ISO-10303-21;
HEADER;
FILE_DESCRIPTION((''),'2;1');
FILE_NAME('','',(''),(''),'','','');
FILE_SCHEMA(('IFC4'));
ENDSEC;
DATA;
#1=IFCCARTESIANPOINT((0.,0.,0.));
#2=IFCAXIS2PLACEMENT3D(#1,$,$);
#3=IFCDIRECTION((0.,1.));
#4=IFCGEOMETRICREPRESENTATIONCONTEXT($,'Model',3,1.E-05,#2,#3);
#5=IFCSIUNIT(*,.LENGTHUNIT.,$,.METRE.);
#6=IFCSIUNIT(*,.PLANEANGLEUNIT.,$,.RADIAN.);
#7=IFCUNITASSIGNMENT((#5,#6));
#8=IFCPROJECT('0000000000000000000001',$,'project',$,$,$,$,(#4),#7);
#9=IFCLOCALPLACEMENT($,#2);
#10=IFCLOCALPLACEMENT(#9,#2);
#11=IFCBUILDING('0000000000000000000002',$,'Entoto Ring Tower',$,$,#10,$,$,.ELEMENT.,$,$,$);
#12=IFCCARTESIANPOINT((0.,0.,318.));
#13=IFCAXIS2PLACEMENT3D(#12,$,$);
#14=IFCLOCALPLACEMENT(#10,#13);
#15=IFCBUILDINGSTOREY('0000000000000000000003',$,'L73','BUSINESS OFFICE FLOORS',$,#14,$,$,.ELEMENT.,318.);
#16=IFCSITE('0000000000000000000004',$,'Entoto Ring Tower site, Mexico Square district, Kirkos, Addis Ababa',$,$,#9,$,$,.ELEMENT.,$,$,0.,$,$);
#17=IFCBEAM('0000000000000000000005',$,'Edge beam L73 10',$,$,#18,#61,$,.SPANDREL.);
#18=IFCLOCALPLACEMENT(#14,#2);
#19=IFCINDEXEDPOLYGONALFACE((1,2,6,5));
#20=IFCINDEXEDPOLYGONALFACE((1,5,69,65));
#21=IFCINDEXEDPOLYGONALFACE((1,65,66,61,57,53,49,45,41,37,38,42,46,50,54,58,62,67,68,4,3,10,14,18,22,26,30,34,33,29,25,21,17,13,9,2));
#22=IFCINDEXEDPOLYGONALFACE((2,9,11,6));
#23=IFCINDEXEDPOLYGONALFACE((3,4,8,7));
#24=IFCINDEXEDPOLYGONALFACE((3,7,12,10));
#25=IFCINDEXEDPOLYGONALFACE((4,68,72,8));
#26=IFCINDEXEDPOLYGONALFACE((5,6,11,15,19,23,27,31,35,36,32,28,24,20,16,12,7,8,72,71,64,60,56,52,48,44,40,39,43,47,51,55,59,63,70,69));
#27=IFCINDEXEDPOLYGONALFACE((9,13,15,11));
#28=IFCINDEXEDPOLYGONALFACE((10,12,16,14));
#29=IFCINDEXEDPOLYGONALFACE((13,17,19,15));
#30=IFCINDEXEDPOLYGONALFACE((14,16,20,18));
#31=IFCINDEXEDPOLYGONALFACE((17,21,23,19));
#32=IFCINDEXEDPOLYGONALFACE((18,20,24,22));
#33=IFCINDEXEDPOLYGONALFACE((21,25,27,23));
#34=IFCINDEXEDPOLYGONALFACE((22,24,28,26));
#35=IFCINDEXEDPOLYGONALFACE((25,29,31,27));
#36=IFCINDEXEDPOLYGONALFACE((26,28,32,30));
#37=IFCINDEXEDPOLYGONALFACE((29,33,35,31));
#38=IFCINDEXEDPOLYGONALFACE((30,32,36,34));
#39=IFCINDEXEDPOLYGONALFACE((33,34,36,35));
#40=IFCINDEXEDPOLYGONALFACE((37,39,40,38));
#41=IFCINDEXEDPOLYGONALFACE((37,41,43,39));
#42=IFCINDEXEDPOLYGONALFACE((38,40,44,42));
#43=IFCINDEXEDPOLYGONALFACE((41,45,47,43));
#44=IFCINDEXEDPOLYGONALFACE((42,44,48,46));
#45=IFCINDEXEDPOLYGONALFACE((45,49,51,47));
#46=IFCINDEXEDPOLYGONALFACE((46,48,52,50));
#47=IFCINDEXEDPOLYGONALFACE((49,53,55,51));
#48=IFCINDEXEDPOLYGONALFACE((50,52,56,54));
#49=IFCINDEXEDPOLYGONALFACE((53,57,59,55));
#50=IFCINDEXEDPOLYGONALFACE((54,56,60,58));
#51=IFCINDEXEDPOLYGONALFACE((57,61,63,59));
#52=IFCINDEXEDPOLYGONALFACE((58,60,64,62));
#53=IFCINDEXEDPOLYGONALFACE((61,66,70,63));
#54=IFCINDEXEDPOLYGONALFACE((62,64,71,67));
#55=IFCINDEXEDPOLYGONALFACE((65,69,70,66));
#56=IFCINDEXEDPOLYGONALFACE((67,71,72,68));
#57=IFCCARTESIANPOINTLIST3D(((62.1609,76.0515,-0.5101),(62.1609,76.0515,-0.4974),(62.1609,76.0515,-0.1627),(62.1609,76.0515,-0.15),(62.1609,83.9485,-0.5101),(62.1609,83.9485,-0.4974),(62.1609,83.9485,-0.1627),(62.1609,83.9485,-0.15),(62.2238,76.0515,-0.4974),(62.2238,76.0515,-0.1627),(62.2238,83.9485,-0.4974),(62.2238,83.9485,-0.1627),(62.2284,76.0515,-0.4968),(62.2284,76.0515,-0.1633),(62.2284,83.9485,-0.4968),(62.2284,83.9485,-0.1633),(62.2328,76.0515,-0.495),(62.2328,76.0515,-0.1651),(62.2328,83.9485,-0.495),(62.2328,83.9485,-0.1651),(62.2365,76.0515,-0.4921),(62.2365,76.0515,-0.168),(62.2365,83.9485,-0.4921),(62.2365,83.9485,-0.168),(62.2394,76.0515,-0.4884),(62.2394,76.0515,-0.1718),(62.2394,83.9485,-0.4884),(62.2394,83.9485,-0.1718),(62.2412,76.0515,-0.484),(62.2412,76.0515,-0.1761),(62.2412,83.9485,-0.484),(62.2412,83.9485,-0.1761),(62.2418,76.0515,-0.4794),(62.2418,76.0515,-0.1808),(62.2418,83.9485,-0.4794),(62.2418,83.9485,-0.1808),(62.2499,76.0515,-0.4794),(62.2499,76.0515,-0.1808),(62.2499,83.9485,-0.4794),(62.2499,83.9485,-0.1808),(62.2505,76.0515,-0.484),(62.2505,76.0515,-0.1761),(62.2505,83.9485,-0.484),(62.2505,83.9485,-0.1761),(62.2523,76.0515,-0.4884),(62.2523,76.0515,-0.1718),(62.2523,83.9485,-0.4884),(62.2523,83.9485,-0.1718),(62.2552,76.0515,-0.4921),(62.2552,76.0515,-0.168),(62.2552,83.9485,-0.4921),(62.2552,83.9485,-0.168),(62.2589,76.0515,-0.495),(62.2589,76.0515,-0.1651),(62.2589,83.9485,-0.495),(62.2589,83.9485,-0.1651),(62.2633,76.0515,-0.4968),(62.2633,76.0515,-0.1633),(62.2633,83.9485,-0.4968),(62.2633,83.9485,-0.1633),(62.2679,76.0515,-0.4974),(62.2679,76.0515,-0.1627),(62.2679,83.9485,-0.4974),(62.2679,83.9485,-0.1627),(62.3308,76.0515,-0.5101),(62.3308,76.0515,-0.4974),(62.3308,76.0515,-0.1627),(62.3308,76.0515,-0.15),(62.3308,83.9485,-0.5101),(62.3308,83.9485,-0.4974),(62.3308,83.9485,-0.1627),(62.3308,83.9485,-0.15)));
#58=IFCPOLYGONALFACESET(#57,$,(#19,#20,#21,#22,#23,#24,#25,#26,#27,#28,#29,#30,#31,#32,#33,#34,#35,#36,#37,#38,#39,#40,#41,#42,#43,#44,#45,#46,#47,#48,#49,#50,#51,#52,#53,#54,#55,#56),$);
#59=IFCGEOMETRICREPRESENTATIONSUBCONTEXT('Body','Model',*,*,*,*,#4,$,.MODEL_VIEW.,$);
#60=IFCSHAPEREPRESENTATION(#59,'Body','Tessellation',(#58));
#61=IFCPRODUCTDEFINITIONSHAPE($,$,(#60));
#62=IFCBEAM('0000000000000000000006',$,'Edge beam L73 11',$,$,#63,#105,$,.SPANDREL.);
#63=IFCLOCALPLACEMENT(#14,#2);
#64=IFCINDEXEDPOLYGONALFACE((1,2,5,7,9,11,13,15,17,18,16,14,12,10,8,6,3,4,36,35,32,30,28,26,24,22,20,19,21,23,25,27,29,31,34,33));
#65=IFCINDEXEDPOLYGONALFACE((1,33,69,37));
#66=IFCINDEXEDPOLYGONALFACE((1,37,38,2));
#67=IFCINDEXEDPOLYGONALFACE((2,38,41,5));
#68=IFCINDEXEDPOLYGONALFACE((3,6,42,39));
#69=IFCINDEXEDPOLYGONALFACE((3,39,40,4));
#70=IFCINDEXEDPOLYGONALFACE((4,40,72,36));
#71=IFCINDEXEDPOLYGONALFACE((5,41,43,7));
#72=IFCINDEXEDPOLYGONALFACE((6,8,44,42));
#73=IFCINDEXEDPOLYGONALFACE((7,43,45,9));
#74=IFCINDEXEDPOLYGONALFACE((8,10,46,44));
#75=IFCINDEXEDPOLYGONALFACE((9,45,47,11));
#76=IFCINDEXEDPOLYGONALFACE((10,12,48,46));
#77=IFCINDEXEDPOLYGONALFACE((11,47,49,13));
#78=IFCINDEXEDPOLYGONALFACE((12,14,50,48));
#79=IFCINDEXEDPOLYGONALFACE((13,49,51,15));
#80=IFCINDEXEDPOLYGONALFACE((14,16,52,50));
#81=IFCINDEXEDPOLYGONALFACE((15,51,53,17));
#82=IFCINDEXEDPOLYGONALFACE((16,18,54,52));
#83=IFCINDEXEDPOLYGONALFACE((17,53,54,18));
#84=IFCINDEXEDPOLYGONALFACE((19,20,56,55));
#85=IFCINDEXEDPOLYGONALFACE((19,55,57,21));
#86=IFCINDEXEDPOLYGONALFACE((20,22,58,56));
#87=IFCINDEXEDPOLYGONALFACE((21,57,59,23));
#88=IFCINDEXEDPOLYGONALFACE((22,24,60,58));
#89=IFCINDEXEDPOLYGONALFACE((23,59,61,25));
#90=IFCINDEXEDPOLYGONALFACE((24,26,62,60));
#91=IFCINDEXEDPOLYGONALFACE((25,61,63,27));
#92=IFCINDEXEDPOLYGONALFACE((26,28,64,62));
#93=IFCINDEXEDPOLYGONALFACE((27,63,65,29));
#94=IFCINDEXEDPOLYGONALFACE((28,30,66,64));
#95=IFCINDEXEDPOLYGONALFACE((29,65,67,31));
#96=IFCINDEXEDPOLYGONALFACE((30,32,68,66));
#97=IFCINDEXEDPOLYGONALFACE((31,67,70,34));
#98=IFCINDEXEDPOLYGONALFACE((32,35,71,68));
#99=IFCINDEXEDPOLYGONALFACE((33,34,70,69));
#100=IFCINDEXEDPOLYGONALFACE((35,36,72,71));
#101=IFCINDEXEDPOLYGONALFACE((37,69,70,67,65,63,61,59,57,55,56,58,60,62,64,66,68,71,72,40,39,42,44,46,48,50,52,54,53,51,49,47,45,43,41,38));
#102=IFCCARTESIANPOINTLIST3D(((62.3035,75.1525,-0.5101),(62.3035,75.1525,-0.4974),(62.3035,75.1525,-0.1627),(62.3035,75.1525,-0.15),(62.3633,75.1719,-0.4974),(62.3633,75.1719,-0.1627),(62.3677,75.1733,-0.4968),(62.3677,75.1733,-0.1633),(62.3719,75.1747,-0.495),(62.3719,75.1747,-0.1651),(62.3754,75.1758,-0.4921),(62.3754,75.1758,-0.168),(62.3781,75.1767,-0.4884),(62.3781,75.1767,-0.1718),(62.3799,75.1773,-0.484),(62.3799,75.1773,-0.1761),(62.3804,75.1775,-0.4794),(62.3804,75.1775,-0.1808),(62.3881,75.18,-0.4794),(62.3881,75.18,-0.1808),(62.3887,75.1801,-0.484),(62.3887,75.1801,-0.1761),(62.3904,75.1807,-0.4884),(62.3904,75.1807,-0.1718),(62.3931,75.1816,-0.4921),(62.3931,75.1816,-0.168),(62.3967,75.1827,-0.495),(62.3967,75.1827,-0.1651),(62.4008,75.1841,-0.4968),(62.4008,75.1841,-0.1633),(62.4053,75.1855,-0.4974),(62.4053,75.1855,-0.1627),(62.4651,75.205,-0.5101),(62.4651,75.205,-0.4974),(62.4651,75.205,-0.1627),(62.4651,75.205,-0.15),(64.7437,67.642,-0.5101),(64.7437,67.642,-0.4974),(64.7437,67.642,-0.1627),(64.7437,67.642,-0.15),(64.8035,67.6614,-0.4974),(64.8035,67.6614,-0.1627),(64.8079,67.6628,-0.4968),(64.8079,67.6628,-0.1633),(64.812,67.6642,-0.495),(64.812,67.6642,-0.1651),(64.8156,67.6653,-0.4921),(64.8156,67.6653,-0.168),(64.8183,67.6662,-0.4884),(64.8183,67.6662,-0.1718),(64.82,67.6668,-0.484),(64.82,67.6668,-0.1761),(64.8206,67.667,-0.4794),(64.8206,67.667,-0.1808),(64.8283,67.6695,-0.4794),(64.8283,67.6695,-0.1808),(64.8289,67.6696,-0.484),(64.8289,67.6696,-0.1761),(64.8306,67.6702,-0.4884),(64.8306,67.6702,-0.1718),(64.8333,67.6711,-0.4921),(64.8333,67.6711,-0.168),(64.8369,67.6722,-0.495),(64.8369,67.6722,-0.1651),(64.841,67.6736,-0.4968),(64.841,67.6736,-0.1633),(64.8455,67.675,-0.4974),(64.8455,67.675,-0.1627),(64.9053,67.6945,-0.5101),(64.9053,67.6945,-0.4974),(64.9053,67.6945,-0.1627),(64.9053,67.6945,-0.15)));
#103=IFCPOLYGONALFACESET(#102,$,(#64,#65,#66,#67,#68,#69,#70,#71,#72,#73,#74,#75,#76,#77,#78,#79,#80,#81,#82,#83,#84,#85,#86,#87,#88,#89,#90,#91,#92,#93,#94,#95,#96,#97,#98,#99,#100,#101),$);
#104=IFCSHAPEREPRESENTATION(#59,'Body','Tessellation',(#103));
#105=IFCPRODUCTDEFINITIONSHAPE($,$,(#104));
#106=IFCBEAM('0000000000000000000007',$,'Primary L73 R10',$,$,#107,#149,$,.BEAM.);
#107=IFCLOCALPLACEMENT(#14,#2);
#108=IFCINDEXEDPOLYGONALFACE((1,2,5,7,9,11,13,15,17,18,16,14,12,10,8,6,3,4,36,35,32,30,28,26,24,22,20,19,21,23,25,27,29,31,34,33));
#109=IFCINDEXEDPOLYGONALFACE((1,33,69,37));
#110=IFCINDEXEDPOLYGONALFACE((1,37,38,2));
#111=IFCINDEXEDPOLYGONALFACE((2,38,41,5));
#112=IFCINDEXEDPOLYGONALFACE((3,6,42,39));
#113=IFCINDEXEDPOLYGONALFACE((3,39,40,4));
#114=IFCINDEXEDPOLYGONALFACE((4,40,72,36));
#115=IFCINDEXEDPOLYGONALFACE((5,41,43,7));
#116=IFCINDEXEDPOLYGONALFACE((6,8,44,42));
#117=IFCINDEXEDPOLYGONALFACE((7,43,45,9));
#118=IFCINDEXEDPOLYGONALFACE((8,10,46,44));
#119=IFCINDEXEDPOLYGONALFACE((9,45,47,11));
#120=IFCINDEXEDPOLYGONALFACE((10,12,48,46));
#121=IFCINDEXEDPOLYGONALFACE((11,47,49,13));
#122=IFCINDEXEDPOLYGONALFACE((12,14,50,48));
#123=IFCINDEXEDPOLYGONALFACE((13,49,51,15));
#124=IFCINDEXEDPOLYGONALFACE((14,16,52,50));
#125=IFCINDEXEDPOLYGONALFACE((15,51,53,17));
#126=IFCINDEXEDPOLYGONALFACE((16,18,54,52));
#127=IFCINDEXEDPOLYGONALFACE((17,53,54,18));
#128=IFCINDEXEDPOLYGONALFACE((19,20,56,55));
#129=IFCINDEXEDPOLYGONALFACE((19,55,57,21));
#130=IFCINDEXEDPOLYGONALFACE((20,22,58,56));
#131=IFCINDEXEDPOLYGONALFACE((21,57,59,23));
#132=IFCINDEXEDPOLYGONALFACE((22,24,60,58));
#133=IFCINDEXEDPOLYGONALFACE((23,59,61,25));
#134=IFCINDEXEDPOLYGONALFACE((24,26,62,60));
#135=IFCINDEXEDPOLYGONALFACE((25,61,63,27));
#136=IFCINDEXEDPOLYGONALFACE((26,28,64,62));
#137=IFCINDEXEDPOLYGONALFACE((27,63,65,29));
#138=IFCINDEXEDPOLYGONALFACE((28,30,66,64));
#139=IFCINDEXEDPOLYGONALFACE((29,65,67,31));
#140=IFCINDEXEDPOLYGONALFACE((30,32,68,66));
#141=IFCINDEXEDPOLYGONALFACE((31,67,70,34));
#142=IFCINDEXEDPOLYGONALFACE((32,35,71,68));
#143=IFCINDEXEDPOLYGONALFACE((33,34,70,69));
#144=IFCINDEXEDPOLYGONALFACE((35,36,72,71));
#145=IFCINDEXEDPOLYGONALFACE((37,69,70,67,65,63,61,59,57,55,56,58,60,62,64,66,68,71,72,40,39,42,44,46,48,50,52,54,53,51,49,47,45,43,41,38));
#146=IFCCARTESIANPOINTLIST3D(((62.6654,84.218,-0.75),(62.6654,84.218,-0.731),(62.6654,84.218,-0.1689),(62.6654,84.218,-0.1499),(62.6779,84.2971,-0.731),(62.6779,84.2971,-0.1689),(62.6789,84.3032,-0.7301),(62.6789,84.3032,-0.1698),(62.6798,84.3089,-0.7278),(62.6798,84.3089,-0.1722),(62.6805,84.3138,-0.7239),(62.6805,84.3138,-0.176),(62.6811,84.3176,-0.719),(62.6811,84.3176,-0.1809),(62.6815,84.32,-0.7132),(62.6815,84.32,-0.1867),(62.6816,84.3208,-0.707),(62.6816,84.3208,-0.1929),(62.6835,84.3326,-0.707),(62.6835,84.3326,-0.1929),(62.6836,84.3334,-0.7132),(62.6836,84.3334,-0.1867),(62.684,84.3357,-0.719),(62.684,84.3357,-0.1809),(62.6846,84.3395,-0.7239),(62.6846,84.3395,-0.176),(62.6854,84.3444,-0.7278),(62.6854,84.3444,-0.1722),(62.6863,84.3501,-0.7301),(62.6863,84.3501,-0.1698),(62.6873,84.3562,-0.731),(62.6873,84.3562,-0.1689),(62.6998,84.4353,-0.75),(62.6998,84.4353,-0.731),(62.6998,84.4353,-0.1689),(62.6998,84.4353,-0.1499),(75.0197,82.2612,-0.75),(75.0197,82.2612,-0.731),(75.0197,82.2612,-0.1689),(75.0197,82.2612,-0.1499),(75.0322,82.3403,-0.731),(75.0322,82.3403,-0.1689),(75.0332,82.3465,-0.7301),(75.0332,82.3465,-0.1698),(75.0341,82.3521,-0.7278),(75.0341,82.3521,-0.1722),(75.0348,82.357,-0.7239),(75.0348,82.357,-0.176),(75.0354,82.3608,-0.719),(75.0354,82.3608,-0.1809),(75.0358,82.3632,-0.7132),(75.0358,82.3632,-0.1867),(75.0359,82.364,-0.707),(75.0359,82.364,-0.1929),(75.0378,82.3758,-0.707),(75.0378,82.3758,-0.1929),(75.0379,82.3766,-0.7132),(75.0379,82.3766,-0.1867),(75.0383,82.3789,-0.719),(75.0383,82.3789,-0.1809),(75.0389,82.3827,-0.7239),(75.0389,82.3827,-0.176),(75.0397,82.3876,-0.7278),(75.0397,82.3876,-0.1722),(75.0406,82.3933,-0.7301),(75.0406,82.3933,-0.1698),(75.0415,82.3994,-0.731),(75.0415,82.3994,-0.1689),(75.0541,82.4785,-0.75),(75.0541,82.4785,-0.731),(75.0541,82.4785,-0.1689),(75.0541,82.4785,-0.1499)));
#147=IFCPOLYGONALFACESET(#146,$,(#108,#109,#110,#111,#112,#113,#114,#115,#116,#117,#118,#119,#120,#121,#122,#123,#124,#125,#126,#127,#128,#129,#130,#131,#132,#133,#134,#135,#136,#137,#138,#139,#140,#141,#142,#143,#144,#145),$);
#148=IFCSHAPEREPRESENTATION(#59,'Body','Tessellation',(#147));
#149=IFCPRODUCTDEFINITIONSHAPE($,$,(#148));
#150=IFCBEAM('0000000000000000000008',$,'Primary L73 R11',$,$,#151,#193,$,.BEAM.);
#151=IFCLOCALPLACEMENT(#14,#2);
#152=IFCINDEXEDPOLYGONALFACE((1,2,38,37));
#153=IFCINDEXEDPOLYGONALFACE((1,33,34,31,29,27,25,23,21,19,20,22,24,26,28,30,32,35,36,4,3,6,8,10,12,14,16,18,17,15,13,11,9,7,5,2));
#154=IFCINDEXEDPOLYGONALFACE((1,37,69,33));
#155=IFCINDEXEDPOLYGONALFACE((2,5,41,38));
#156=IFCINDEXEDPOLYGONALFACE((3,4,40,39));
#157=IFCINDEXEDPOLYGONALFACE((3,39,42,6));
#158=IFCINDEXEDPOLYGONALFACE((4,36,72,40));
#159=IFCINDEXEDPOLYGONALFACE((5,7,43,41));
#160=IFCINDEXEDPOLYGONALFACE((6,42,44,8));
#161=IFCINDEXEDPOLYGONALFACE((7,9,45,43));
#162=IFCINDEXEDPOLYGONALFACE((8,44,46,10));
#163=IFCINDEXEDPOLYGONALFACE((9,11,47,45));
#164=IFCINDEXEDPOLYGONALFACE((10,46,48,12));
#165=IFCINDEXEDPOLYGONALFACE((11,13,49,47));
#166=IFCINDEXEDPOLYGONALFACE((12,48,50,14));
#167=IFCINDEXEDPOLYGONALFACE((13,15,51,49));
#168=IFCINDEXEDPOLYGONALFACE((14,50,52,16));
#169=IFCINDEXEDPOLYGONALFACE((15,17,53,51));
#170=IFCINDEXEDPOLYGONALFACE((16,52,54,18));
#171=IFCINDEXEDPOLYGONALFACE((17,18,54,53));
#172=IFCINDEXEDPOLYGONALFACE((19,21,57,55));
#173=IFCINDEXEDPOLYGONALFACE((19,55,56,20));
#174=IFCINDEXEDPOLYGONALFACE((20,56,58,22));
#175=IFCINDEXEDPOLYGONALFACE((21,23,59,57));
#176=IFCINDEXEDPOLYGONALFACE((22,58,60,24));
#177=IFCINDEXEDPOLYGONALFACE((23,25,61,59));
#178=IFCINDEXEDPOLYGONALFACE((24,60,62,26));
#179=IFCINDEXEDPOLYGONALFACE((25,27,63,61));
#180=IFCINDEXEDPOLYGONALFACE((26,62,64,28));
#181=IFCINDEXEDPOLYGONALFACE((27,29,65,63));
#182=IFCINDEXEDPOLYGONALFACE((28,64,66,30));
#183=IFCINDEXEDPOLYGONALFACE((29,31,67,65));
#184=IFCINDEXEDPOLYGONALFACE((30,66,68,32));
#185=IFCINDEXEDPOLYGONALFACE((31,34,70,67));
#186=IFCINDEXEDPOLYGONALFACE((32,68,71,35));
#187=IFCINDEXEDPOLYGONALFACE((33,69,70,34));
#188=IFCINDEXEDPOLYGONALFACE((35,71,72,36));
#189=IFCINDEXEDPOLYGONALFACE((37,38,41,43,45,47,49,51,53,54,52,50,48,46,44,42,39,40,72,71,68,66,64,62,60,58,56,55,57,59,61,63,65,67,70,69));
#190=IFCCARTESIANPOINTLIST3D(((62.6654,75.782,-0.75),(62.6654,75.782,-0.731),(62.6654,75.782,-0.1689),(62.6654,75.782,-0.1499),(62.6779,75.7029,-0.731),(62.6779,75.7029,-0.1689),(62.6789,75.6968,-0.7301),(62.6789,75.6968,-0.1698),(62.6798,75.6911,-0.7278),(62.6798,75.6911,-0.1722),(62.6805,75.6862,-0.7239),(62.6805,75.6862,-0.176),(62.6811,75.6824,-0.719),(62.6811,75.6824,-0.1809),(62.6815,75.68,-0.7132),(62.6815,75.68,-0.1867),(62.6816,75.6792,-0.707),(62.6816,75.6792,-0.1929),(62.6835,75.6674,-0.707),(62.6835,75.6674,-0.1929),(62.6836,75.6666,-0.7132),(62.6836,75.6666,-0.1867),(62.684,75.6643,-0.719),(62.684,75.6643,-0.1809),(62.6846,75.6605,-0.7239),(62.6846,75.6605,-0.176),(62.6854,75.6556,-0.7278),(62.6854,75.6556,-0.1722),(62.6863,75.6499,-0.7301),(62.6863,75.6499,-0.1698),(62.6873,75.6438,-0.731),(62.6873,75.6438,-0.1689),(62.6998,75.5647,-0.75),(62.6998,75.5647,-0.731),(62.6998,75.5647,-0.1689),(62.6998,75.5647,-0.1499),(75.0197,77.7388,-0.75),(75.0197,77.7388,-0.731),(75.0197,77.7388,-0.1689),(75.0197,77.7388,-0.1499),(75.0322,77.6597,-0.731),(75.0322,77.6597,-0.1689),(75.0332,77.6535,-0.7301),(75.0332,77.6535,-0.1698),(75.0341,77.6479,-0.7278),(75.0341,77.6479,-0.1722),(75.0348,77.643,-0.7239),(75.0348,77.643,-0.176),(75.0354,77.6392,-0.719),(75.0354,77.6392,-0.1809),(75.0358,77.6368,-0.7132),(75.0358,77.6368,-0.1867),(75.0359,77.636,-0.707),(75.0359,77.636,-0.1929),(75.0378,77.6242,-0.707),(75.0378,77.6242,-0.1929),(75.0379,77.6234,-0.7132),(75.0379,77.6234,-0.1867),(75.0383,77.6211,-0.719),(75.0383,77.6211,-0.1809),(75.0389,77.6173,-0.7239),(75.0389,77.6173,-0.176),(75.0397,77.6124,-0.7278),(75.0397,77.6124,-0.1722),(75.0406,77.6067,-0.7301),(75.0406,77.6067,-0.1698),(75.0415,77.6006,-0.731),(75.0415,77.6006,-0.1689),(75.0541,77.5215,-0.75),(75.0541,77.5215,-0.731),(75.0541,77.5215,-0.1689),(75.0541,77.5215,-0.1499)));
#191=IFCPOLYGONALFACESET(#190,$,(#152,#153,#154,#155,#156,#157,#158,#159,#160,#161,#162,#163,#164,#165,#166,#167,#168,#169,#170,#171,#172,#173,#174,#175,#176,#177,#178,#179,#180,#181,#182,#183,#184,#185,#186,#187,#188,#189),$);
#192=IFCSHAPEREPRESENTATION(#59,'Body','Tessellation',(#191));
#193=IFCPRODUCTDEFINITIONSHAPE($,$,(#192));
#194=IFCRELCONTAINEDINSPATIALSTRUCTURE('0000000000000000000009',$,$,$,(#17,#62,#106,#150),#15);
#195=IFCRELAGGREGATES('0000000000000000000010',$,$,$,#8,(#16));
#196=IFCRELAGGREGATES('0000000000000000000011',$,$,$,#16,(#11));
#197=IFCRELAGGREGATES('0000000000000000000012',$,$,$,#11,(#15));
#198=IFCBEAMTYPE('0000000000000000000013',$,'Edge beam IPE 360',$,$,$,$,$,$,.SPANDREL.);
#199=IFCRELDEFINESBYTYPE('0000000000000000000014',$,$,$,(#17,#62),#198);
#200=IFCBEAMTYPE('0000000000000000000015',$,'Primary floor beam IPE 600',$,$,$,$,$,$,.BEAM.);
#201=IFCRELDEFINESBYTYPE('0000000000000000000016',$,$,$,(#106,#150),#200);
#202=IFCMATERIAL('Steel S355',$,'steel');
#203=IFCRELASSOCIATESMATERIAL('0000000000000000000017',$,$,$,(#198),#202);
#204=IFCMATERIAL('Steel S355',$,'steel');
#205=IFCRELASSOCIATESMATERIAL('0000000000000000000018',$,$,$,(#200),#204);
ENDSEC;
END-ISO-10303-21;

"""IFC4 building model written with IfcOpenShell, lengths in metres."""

from ifc_helpers import new_model, si_unit, direction, frame, origin, origin_2d, place, context, subcontext, project, spatial, i_section, extrude, material, material_profile, profile_set, type_object, element, save


model = new_model("IFC4")

# Units and contexts
model_context = context("Model", 3, precision=1e-05, world=origin(), true_north=direction((0.0, 1.0)))
body_context = subcontext(model_context, "Body", "Model", "MODEL_VIEW")
ifc_project = project(units=[si_unit("LENGTHUNIT", "METRE"), si_unit("PLANEANGLEUNIT", "RADIAN")], contexts=[model_context])

# Site, building, storey
site_placement = place(None, origin())
site = spatial("IfcSite", under=ifc_project, at=site_placement, Name="Entoto Ring Tower site, Mexico Square district, Kirkos, Addis Ababa", CompositionType="ELEMENT", RefElevation=0.0)
building_placement = place(site_placement, origin())
building = spatial("IfcBuilding", under=site, at=building_placement, Name="Entoto Ring Tower", CompositionType="ELEMENT")
storey_placement = place(building_placement, frame((0.0, 0.0, 318.0)))
storey = spatial("IfcBuildingStorey", under=building, at=storey_placement, Name="L73", Description="BUSINESS OFFICE FLOORS", CompositionType="ELEMENT", Elevation=318.0)

# Beams
ifc_material_1 = material(Name="Steel S355", Category="steel")
ifc_material_profile_1 = material_profile(ifc_material_1, i_section(OverallWidth=0.1699, OverallDepth=0.3601, WebThickness=0.0081, FlangeThickness=0.0127, FilletRadius=0.0181, at=origin_2d()), Name="IPE 360")
ifc_profile_set_1 = profile_set([ifc_material_profile_1], Name="Steel S355")
beam_type_1 = type_object("IfcBeamType", Name="Edge beam IPE 360", PredefinedType="SPANDREL", material=ifc_profile_set_1)
for number, where, z_axis, x_axis, name in (
    (1, (62.2458, 83.9485, -0.3301), (0.0, -1.0, 0.0), (1.0, 0.0, 0.0), "Edge beam L73 10"),
    (2, (62.3843, 75.1787, -0.3301), (0.309003, -0.951061, 0.0), (0.951061, 0.309003, 0.0), "Edge beam L73 11"),
):
    element("IfcBeam", number, at=place(storey_placement, frame(where, z_axis=z_axis, x_axis=x_axis)), inside=storey, type_object=beam_type_1, Name=name, PredefinedType="SPANDREL", context=body_context, shape_type="SweptSolid", body=[
        extrude(i_section(OverallWidth=0.1699, OverallDepth=0.3601, WebThickness=0.0081, FlangeThickness=0.0127, FilletRadius=0.0181, at=origin_2d()), origin(), (0.0, 0.0, 1.0), 7.897),
    ])
ifc_material_2 = material(Name="Steel S355", Category="steel")
ifc_material_profile_2 = material_profile(ifc_material_2, i_section(OverallWidth=0.22, OverallDepth=0.6001, WebThickness=0.012, FlangeThickness=0.019, FilletRadius=0.0239, at=origin_2d()), Name="IPE 600")
ifc_profile_set_2 = profile_set([ifc_material_profile_2], Name="Steel S355")
beam_type_2 = type_object("IfcBeamType", Name="Primary floor beam IPE 600", PredefinedType="BEAM", material=ifc_profile_set_2)
for number, where, z_axis, x_axis, name in (
    (3, (75.0369, 82.3699, -0.45), (-0.987688, 0.15644, 0.0), (-0.15644, -0.987688, 0.0), "Primary L73 R10"),
    (4, (75.0369, 77.6301, -0.45), (-0.987688, -0.15644, 0.0), (0.15644, -0.987688, 0.0), "Primary L73 R11"),
):
    element("IfcBeam", number, at=place(storey_placement, frame(where, z_axis=z_axis, x_axis=x_axis)), inside=storey, type_object=beam_type_2, Name=name, PredefinedType="BEAM", context=body_context, shape_type="SweptSolid", body=[
        extrude(i_section(OverallWidth=0.22, OverallDepth=0.6001, WebThickness=0.012, FlangeThickness=0.019, FilletRadius=0.0239, at=origin_2d()), origin(), (0.0, 0.0, 1.0), 12.5083),
    ])

save(model, "model.ifc")
